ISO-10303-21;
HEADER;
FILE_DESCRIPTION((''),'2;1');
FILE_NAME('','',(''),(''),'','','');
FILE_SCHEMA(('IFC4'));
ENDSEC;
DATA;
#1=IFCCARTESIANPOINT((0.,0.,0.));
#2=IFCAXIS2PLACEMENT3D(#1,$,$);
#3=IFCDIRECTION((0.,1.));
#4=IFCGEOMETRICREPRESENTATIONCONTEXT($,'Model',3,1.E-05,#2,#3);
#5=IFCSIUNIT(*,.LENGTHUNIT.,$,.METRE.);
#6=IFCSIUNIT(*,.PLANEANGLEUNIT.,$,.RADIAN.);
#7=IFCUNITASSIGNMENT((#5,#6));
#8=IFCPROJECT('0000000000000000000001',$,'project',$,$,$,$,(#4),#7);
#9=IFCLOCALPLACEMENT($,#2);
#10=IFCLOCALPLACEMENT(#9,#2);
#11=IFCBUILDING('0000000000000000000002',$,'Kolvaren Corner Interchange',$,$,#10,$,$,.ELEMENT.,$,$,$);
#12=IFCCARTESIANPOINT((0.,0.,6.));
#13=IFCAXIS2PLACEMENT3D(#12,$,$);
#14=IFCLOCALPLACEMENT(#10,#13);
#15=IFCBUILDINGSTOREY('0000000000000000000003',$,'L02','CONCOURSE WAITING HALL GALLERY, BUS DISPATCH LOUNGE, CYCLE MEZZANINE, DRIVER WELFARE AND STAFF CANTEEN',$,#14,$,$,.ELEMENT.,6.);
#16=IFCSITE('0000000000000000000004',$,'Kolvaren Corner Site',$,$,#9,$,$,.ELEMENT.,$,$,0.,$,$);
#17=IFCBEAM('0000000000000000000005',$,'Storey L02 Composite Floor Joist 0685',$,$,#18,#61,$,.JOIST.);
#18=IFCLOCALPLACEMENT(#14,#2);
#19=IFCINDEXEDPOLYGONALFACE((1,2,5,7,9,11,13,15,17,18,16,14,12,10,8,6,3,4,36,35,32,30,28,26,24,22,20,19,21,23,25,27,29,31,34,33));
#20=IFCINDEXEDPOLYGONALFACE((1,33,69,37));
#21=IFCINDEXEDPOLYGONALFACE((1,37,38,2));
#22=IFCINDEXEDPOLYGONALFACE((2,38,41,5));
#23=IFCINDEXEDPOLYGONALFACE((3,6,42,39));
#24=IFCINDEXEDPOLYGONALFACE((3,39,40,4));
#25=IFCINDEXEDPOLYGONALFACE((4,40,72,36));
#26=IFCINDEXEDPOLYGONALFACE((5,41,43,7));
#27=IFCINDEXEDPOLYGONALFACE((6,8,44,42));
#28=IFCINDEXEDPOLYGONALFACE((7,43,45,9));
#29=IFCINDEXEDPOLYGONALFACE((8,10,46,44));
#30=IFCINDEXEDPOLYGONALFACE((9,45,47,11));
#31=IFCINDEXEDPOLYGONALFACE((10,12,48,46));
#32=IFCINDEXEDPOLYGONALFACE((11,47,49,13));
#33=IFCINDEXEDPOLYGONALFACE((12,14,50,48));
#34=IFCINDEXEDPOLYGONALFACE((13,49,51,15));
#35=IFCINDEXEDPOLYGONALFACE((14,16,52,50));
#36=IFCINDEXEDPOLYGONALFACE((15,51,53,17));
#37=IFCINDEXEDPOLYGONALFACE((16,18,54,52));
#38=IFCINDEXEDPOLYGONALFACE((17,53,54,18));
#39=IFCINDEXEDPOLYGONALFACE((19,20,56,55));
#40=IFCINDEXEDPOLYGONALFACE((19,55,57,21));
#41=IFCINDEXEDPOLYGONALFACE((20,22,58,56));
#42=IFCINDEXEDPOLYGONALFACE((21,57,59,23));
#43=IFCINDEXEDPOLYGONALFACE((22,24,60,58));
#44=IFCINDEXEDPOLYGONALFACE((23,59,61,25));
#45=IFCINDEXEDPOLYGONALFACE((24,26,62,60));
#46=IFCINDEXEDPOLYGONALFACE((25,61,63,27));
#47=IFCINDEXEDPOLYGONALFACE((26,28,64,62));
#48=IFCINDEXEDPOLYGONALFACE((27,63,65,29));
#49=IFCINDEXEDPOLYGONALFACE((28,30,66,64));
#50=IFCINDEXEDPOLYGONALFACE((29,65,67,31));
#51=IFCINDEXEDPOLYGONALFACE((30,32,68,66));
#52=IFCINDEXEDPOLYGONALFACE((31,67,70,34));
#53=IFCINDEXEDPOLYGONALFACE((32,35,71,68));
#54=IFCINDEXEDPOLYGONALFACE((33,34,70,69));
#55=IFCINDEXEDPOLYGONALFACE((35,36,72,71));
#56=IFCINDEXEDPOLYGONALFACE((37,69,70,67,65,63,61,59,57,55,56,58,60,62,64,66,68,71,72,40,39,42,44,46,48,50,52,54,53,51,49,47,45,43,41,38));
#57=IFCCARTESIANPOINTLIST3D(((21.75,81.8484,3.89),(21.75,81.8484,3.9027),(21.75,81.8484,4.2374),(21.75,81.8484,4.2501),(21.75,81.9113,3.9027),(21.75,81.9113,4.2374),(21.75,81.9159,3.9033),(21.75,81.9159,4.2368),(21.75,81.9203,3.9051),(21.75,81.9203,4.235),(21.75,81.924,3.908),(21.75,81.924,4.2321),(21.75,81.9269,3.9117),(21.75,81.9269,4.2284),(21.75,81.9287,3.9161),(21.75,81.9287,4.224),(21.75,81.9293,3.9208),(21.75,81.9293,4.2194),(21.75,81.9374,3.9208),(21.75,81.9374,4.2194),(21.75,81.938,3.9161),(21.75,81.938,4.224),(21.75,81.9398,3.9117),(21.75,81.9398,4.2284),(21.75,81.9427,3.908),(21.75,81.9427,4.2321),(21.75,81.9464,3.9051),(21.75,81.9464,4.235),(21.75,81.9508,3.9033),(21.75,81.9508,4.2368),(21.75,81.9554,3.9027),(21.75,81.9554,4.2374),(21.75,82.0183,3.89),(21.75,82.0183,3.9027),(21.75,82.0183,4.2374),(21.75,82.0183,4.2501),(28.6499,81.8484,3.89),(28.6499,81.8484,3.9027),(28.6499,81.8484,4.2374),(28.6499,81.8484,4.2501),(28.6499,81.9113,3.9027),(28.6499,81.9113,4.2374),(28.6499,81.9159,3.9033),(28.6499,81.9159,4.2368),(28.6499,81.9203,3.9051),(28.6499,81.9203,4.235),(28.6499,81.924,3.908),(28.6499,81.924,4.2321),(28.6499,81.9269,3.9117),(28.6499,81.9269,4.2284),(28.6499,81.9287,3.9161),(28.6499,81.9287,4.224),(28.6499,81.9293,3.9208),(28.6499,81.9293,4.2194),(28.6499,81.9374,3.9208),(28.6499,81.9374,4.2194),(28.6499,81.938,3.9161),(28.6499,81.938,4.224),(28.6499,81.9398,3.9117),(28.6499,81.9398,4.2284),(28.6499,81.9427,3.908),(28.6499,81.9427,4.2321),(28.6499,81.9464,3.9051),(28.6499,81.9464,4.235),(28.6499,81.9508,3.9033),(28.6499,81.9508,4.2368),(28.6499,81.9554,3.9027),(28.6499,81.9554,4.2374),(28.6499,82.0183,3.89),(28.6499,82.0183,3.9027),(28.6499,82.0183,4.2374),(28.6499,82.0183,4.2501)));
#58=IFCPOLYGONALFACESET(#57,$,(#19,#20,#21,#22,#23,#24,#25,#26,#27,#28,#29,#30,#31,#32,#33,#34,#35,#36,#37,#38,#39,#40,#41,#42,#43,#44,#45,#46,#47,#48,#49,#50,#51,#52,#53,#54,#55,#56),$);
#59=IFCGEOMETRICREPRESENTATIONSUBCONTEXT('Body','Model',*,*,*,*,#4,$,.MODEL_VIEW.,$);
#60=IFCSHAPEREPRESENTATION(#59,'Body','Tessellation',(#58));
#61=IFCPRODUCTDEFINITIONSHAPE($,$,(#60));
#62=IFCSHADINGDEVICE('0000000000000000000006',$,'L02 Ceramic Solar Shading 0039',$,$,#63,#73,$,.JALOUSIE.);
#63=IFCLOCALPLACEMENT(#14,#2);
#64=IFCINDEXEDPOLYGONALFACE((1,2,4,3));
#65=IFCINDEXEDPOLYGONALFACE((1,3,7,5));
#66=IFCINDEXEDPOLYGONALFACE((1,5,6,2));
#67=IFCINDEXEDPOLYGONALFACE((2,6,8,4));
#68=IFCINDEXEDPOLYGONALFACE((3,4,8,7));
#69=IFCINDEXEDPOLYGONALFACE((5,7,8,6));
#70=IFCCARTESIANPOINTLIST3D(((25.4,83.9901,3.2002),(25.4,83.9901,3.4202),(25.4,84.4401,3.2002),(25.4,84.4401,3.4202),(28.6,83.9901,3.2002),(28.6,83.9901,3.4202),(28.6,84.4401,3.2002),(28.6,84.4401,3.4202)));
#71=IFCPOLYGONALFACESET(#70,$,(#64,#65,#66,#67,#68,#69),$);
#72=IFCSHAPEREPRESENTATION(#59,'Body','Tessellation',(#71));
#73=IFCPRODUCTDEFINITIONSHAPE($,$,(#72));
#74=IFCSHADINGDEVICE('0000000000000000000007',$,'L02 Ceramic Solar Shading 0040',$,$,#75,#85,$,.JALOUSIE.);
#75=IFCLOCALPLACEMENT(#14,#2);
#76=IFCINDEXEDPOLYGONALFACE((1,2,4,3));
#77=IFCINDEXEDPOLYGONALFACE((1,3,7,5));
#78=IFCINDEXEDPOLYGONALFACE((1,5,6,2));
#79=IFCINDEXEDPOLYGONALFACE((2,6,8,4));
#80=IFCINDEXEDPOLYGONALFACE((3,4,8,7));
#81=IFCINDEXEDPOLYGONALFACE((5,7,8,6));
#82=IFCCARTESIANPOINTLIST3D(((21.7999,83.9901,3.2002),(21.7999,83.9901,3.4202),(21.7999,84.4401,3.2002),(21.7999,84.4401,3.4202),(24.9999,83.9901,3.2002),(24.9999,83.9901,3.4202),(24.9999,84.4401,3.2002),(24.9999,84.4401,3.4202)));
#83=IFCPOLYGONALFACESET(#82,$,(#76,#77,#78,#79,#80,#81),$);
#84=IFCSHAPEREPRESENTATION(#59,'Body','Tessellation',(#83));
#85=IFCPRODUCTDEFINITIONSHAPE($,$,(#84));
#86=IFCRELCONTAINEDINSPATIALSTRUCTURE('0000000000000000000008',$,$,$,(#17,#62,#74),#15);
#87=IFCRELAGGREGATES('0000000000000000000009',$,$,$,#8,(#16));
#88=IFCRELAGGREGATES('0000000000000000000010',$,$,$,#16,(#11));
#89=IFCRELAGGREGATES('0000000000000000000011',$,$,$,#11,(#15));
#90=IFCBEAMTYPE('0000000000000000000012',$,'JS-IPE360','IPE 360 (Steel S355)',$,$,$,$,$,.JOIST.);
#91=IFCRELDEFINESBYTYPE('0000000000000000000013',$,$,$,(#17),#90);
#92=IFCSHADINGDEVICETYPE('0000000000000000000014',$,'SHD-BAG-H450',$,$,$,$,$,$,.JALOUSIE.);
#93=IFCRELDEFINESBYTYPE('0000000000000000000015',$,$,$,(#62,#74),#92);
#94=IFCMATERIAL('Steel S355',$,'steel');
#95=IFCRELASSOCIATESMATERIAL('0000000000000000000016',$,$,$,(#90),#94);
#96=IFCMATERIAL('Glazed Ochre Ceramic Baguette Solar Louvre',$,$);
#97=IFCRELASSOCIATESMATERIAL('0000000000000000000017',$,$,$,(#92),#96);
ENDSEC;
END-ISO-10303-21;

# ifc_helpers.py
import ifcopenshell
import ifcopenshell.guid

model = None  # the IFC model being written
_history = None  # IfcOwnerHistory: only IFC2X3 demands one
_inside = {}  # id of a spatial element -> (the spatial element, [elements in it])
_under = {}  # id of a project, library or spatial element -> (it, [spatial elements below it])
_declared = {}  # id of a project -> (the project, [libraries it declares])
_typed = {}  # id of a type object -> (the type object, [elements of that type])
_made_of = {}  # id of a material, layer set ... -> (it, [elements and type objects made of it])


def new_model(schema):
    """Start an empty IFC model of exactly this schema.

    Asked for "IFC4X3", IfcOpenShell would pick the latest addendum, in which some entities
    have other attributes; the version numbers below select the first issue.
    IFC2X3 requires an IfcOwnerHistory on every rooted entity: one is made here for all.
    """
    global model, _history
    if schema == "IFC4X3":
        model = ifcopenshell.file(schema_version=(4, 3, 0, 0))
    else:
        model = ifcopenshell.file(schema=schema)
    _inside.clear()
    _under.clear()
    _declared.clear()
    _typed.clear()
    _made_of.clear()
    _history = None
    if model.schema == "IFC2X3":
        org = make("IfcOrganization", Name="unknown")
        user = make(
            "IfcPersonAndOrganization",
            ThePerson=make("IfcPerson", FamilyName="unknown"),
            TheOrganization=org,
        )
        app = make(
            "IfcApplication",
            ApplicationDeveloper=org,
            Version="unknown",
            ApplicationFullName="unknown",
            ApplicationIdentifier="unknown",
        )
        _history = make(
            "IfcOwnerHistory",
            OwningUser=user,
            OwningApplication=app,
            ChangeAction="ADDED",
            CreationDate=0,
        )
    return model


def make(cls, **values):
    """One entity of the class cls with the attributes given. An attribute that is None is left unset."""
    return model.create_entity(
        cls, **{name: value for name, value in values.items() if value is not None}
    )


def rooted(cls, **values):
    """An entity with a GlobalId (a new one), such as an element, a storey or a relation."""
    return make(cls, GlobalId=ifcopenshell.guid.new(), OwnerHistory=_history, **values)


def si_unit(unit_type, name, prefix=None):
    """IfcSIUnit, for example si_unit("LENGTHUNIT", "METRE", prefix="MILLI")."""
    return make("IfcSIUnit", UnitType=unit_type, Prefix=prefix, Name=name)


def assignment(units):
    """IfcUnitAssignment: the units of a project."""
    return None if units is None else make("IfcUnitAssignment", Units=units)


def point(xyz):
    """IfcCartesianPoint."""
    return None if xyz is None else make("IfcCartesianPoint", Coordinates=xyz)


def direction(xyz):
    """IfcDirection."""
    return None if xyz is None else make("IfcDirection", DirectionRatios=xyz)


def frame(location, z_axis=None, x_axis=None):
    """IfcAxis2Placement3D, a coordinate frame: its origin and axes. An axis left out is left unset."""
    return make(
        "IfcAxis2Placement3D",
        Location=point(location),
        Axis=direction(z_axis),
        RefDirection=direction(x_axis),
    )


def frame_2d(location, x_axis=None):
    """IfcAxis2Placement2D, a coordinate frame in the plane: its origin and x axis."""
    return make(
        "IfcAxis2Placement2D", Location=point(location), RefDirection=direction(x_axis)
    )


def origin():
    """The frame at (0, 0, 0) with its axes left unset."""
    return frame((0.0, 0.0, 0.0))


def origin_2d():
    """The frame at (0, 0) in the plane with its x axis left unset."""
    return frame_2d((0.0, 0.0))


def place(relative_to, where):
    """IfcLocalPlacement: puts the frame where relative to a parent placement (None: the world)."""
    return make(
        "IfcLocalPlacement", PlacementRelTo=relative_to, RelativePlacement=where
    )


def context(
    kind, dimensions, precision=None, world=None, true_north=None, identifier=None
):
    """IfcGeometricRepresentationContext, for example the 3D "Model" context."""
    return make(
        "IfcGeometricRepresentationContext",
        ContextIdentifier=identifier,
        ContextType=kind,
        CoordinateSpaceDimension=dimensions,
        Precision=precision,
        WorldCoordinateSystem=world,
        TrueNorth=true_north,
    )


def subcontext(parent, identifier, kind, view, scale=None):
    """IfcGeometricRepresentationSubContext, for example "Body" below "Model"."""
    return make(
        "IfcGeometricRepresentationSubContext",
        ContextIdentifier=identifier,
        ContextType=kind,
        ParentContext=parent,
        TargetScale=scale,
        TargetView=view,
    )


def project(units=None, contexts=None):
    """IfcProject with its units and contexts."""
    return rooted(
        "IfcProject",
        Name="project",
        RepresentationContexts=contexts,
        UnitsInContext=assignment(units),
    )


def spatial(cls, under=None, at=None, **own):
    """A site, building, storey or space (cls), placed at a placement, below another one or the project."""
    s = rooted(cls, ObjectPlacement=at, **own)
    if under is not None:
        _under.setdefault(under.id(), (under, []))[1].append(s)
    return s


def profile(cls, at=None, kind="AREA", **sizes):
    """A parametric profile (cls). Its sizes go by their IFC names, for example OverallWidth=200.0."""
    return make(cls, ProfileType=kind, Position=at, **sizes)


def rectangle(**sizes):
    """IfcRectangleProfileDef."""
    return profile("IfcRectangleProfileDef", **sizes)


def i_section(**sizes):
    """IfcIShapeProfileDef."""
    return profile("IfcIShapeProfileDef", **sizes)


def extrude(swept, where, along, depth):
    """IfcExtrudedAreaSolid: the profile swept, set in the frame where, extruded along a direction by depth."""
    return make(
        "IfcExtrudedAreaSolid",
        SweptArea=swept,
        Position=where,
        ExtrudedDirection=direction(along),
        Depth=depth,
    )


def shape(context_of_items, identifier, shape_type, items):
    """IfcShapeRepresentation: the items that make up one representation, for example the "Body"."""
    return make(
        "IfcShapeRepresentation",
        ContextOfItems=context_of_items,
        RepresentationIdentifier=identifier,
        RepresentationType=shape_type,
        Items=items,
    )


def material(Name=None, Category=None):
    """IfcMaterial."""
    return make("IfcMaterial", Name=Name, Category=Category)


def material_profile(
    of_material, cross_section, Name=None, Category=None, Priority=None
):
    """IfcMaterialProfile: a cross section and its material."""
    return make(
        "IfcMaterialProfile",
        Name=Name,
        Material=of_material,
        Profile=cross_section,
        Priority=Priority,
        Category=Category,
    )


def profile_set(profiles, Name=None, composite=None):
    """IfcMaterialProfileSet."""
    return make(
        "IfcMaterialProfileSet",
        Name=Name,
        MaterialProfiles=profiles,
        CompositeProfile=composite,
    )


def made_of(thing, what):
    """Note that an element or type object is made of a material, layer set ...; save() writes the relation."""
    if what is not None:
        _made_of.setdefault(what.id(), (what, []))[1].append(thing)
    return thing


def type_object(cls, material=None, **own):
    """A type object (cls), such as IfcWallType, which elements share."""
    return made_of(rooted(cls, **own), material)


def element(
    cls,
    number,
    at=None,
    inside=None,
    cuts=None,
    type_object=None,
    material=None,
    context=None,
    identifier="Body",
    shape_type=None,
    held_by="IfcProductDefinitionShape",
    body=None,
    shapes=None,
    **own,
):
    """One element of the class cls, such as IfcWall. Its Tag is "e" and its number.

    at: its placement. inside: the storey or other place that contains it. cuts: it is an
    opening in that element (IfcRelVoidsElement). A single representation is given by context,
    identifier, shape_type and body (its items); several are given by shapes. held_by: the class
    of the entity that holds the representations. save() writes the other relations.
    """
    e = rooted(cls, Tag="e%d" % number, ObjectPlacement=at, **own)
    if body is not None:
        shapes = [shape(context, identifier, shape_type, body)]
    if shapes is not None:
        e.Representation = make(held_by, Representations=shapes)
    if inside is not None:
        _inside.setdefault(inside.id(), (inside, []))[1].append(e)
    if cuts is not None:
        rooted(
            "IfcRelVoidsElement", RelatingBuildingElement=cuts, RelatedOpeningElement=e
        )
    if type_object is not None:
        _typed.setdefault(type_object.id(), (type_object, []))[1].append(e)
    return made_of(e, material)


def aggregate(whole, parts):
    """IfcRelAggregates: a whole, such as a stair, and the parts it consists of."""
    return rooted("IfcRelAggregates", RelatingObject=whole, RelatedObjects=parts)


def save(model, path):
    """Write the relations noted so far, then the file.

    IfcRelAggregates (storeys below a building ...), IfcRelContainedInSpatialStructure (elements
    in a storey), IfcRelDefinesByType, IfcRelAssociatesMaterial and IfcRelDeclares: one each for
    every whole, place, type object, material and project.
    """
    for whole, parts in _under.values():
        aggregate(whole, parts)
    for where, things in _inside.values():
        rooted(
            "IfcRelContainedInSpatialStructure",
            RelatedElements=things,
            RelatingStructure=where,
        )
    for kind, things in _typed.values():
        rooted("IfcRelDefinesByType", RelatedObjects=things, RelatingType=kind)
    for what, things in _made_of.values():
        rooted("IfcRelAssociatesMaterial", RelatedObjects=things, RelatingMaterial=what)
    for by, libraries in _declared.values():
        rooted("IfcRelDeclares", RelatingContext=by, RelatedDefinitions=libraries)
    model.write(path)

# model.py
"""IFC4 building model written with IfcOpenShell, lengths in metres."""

from ifc_helpers import new_model, si_unit, direction, frame, origin, origin_2d, place, context, subcontext, project, spatial, rectangle, i_section, extrude, material, material_profile, profile_set, type_object, element, save


model = new_model("IFC4")

# Units and contexts
model_context = context("Model", 3, precision=1e-05, world=origin(), true_north=direction((0.0, 1.0)))
body_context = subcontext(model_context, "Body", "Model", "MODEL_VIEW")
ifc_project = project(units=[si_unit("LENGTHUNIT", "METRE"), si_unit("PLANEANGLEUNIT", "RADIAN")], contexts=[model_context])

# Site, building, storey
site_placement = place(None, origin())
site = spatial("IfcSite", under=ifc_project, at=site_placement, Name="Kolvaren Corner Site", CompositionType="ELEMENT", RefElevation=0.0)
building_placement = place(site_placement, origin())
building = spatial("IfcBuilding", under=site, at=building_placement, Name="Kolvaren Corner Interchange", CompositionType="ELEMENT")
storey_placement = place(building_placement, frame((0.0, 0.0, 6.0)))
storey = spatial("IfcBuildingStorey", under=building, at=storey_placement, Name="L02", Description="CONCOURSE WAITING HALL GALLERY, BUS DISPATCH LOUNGE, CYCLE MEZZANINE, DRIVER WELFARE AND STAFF CANTEEN", CompositionType="ELEMENT", Elevation=6.0)

# Beam
ifc_material_1 = material(Name="Steel S355", Category="steel")
ifc_material_profile_1 = material_profile(ifc_material_1, i_section(OverallWidth=0.1699, OverallDepth=0.3601, WebThickness=0.0081, FlangeThickness=0.0127, FilletRadius=0.0181, at=origin_2d()), Name="IPE 360")
ifc_profile_set_1 = profile_set([ifc_material_profile_1], Name="Steel S355")
beam_type = type_object("IfcBeamType", Name="JS-IPE360", Description="IPE 360 (Steel S355)", PredefinedType="JOIST", material=ifc_profile_set_1)
for number, where, z_axis, x_axis, name in (
    (1, (21.75, 81.9333, 4.0701), (1.0, 0.0, 0.0), (0.0, 1.0, 0.0), "Storey L02 Composite Floor Joist 0685"),
):
    element("IfcBeam", number, at=place(storey_placement, frame(where, z_axis=z_axis, x_axis=x_axis)), inside=storey, type_object=beam_type, Name=name, PredefinedType="JOIST", context=body_context, shape_type="SweptSolid", body=[
        extrude(i_section(OverallWidth=0.1699, OverallDepth=0.3601, WebThickness=0.0081, FlangeThickness=0.0127, FilletRadius=0.0181, at=origin_2d()), origin(), (0.0, 0.0, 1.0), 6.8999),
    ])

# Shading devices
ifc_material_2 = material(Name="Glazed Ochre Ceramic Baguette Solar Louvre")
shading_device_type = type_object("IfcShadingDeviceType", Name="SHD-BAG-H450", PredefinedType="JALOUSIE", material=ifc_material_2)
for number, where, z_axis, x_axis, name in (
    (2, (27.0, 84.2151, 3.2002), (0.0, 0.0, 1.0), (-1.0, 0.0, 0.0), "L02 Ceramic Solar Shading 0039"),
    (3, (23.3999, 84.2151, 3.2002), (0.0, 0.0, 1.0), (-1.0, 0.0, 0.0), "L02 Ceramic Solar Shading 0040"),
):
    element("IfcShadingDevice", number, at=place(storey_placement, frame(where, z_axis=z_axis, x_axis=x_axis)), inside=storey, type_object=shading_device_type, Name=name, PredefinedType="JALOUSIE", context=body_context, shape_type="SweptSolid", body=[
        extrude(rectangle(XDim=3.2, YDim=0.45, at=origin_2d()), origin(), (0.0, 0.0, 1.0), 0.22),
    ])

save(model, "model.ifc")
